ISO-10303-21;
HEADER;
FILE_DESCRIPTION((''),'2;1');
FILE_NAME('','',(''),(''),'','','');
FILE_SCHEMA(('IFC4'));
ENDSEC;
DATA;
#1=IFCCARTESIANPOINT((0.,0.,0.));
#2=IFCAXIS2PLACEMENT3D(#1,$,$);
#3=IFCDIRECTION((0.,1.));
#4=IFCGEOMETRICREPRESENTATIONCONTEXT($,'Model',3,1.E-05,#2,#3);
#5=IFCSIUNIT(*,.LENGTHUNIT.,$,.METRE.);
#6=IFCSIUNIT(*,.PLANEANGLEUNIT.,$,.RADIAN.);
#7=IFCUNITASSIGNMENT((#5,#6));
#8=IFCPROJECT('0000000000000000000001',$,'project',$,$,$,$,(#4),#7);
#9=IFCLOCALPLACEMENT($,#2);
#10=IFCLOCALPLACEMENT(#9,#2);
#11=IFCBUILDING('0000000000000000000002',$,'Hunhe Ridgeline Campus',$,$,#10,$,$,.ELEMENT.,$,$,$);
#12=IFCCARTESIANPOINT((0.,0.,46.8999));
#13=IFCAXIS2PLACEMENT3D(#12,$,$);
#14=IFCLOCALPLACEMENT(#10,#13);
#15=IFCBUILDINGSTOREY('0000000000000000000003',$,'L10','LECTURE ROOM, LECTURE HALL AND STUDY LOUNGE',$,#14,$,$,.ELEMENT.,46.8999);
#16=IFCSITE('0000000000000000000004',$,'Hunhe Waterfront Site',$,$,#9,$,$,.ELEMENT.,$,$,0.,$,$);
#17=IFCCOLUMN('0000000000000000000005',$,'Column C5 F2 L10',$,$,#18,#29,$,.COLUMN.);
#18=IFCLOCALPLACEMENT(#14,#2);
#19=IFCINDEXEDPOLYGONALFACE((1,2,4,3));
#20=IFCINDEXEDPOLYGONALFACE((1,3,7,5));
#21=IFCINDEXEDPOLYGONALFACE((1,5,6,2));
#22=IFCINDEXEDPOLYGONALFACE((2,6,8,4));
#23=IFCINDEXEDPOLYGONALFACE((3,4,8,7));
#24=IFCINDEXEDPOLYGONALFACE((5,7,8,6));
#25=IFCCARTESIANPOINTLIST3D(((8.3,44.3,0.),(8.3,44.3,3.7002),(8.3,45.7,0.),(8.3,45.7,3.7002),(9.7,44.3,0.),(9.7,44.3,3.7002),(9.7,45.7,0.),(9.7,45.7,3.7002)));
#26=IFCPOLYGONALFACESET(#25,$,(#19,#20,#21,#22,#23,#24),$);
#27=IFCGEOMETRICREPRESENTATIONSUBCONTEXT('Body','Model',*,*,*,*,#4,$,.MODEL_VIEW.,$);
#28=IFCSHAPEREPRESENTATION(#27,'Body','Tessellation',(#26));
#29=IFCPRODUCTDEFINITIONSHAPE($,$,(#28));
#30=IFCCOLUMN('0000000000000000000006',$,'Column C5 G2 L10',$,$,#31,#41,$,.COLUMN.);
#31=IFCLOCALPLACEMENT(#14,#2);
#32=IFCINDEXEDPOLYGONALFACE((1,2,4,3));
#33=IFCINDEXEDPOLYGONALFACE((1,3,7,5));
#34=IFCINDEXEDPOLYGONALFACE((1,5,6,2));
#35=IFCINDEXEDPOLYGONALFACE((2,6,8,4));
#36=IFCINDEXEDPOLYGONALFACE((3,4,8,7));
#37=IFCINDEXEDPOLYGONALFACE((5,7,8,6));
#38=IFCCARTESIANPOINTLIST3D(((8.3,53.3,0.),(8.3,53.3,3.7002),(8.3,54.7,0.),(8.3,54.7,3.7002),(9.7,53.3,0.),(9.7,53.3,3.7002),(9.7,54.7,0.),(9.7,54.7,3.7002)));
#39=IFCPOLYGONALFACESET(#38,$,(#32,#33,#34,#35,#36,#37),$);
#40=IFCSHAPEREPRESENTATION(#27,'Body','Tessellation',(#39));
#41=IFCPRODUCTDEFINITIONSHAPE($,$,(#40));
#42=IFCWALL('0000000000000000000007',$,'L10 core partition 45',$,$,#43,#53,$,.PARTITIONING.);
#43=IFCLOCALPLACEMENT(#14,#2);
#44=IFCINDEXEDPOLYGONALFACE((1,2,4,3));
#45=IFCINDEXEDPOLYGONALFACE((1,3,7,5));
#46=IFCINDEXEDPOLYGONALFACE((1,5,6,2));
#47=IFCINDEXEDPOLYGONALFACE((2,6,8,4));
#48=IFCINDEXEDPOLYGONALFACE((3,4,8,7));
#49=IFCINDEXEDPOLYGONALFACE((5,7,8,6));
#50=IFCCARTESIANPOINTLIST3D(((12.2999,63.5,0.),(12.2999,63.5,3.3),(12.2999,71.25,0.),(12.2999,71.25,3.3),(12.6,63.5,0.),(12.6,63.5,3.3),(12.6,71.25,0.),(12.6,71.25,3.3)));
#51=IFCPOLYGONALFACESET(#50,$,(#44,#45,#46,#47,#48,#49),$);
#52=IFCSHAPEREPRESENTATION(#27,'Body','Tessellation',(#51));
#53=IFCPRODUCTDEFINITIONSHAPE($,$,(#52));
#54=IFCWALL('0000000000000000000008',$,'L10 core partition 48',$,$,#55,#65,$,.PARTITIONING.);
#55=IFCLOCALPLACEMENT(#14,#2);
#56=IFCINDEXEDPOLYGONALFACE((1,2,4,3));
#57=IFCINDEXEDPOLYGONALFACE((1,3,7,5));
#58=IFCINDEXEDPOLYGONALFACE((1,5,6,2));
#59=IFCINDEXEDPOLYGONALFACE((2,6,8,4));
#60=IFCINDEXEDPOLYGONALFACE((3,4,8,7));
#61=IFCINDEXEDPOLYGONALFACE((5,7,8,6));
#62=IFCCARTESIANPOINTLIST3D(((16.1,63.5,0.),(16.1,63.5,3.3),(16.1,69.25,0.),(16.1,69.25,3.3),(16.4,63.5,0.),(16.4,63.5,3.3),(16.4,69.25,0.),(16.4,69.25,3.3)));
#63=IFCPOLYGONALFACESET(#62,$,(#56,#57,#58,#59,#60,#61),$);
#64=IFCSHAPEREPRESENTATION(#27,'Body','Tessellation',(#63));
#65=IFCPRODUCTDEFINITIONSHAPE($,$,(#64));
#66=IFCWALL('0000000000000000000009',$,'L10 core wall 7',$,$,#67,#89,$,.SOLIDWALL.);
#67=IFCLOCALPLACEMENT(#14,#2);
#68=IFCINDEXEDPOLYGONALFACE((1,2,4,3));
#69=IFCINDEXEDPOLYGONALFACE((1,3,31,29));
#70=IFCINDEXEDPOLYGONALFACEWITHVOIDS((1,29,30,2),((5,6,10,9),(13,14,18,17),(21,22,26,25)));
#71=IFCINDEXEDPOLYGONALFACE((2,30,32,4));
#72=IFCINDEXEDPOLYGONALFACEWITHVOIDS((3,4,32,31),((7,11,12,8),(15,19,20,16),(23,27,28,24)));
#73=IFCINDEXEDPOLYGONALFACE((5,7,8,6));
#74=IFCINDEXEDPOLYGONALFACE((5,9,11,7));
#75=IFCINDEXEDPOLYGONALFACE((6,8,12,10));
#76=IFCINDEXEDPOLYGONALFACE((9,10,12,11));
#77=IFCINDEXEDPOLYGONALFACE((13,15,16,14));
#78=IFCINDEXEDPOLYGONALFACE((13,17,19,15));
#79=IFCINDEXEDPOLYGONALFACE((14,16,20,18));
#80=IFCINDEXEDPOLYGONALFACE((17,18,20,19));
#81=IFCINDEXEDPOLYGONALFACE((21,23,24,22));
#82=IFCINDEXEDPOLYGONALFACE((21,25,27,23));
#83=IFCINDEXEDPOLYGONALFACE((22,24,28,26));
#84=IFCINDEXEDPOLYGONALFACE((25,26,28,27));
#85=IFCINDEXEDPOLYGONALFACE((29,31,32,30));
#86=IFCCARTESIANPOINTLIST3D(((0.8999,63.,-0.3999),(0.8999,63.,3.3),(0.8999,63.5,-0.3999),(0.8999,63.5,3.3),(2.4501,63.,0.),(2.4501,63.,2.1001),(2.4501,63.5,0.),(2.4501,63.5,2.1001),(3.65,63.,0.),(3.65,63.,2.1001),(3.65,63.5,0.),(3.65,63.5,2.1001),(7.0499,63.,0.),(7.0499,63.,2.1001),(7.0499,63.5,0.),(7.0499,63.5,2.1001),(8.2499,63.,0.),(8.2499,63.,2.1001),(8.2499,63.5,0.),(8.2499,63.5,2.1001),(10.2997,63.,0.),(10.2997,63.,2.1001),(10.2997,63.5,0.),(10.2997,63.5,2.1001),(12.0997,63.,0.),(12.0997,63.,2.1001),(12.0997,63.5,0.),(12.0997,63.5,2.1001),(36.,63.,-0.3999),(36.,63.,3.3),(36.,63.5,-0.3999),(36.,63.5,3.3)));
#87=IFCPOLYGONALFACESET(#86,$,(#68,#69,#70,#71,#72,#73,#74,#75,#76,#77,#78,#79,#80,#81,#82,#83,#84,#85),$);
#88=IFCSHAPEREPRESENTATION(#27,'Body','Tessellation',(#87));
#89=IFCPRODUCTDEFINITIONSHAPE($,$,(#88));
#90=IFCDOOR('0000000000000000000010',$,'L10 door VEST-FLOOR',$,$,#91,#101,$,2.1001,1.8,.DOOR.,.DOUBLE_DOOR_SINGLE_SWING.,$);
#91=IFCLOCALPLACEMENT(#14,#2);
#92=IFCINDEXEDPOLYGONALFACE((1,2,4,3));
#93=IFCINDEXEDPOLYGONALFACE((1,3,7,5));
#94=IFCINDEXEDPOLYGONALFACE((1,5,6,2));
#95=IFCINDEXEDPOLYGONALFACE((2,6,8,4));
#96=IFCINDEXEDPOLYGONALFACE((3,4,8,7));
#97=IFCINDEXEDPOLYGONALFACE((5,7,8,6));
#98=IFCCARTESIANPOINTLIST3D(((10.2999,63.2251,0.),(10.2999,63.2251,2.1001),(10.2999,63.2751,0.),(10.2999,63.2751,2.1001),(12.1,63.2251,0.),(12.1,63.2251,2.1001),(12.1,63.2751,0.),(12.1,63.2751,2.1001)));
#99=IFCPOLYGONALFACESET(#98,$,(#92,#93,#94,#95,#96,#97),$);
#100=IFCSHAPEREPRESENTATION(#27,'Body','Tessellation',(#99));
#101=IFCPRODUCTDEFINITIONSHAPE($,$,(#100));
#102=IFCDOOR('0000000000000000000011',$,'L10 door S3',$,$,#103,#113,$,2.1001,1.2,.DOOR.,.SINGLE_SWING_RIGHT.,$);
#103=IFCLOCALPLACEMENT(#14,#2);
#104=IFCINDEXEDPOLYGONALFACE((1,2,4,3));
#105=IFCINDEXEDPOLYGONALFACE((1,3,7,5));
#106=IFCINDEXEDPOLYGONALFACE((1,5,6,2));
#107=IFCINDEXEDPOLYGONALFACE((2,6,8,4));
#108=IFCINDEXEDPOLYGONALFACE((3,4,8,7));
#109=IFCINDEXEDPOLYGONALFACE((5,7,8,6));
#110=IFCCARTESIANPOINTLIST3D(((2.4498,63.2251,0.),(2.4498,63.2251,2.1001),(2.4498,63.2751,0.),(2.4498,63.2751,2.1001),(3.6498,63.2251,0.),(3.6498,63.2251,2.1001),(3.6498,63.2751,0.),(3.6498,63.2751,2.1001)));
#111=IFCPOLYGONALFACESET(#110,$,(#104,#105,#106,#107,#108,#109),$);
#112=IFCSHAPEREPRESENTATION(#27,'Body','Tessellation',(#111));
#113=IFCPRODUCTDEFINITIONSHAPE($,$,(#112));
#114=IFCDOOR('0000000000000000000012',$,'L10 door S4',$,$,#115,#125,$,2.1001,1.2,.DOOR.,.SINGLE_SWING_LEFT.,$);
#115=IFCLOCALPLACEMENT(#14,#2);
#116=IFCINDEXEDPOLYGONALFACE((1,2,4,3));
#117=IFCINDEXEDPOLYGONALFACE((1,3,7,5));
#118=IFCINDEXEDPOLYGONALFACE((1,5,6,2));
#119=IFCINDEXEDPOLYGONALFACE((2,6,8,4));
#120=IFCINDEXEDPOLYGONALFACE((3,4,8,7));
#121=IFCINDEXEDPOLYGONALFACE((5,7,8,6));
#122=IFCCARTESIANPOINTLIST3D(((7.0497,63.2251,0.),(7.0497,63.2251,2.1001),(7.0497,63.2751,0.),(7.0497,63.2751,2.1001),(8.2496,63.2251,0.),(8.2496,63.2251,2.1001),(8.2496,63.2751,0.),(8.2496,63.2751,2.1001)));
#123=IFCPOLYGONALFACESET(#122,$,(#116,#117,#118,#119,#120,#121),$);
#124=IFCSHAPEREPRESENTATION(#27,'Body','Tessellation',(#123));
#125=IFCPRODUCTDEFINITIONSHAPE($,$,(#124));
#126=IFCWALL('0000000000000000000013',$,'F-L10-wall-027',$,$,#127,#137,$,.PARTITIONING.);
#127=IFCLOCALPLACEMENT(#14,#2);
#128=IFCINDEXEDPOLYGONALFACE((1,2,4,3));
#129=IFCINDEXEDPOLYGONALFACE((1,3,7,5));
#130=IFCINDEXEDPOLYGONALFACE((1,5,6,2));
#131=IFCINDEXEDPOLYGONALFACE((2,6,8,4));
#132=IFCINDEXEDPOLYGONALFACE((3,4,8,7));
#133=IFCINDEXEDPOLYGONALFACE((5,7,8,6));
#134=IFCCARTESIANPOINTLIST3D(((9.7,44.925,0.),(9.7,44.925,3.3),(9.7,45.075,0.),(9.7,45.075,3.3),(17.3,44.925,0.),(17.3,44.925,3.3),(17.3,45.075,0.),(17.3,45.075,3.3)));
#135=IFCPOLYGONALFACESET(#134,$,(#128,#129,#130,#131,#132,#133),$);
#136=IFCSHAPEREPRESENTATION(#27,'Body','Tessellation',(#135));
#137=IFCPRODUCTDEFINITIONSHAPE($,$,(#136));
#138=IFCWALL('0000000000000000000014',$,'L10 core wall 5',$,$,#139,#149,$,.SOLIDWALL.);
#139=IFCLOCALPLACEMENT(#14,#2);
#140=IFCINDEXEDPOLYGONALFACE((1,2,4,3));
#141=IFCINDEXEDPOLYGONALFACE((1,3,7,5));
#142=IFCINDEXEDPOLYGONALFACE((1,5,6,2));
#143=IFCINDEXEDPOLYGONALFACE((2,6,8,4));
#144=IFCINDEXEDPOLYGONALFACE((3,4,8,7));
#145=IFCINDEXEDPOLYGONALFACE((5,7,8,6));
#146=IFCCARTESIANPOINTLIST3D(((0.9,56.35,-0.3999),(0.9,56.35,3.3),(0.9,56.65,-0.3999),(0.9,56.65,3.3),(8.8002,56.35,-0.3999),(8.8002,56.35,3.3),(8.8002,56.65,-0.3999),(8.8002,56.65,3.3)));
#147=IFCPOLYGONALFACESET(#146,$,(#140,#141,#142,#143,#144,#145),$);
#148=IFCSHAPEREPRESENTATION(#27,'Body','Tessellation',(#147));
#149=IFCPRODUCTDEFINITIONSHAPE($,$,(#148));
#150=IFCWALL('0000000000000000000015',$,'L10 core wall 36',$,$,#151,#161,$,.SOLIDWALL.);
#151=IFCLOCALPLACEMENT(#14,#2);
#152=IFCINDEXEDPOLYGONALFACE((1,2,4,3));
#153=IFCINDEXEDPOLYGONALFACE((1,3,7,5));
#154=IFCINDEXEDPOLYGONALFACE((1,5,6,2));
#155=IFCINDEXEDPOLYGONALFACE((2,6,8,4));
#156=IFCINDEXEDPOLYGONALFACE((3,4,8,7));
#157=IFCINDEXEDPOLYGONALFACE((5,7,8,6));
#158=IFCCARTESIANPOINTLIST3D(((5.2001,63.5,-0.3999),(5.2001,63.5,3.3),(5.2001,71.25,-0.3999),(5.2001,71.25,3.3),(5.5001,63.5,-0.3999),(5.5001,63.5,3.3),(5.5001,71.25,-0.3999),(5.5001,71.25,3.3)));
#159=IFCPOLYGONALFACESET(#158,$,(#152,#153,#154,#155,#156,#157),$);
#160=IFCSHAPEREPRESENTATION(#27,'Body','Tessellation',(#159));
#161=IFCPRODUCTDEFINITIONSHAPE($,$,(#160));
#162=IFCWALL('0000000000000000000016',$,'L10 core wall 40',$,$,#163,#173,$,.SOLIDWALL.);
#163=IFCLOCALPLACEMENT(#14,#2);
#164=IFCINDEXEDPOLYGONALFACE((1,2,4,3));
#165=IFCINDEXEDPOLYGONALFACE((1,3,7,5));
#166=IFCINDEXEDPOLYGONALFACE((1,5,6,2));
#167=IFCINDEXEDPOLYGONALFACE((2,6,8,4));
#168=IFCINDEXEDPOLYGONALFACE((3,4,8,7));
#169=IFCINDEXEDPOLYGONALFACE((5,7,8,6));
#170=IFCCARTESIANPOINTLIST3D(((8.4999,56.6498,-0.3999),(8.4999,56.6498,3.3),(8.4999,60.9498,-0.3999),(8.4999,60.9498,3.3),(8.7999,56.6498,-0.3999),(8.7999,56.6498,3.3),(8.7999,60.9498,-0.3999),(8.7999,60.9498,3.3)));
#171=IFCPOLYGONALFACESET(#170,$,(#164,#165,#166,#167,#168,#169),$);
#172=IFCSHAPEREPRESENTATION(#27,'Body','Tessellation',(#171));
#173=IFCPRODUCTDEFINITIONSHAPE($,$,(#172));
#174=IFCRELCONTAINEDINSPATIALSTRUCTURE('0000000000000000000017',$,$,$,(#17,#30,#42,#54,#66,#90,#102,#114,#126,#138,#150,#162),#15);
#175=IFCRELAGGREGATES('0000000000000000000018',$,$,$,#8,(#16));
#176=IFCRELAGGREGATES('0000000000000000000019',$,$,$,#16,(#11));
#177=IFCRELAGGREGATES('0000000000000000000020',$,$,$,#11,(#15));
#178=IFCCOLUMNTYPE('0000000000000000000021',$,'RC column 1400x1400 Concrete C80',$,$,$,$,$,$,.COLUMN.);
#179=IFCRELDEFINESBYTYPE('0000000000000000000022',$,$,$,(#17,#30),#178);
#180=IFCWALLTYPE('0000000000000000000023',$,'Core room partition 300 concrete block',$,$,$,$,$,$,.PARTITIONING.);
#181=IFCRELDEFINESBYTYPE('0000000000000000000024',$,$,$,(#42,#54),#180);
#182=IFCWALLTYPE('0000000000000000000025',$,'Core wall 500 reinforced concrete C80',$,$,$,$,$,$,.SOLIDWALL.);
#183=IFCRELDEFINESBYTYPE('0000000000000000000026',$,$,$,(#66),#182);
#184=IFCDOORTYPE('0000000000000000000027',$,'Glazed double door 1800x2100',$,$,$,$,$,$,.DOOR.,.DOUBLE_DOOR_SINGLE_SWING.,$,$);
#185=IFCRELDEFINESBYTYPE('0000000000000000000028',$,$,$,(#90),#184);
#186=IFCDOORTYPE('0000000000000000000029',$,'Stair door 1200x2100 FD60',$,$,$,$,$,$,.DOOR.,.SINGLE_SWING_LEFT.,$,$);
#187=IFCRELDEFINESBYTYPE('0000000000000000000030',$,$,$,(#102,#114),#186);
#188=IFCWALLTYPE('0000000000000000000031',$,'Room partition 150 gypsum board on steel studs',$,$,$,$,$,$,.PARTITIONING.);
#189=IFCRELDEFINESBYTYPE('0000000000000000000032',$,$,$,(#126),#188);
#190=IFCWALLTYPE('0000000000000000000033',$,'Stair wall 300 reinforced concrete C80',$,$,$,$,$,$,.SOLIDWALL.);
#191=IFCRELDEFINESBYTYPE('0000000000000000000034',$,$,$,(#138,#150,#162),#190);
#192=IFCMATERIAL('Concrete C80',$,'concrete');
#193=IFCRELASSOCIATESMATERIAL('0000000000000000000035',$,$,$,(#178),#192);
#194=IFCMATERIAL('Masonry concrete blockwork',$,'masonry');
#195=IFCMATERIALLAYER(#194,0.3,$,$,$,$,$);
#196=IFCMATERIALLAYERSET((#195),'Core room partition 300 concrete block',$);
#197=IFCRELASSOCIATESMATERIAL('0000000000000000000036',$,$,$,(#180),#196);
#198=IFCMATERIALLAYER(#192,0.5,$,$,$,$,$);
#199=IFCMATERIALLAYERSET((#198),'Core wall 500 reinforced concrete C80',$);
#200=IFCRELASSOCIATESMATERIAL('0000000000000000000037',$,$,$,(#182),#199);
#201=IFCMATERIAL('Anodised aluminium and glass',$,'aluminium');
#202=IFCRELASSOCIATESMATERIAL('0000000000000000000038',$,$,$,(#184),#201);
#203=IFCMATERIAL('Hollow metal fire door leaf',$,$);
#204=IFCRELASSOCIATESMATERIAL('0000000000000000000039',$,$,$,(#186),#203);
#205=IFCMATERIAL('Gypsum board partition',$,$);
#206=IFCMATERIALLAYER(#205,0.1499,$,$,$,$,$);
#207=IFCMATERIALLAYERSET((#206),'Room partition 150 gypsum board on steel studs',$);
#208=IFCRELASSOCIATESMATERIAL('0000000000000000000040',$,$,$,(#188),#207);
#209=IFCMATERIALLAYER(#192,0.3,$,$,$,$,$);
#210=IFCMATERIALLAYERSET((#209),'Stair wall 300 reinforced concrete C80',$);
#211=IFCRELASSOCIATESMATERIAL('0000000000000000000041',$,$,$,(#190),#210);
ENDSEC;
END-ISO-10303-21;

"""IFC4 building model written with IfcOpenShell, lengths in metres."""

from ifc_helpers import new_model, si_unit, direction, frame, frame_2d, origin, origin_2d, place, context, subcontext, project, spatial, rectangle, extrude, material, layer, layer_set, material_profile, profile_set, type_object, element, fill, save


model = new_model("IFC4")

# Units and contexts
model_context = context("Model", 3, precision=1e-05, world=origin(), true_north=direction((0.0, 1.0)))
body_context = subcontext(model_context, "Body", "Model", "MODEL_VIEW")
ifc_project = project(units=[si_unit("LENGTHUNIT", "METRE"), si_unit("PLANEANGLEUNIT", "RADIAN")], contexts=[model_context])

# Site, building, storey
site_placement = place(None, origin())
site = spatial("IfcSite", under=ifc_project, at=site_placement, Name="Hunhe Waterfront Site", CompositionType="ELEMENT", RefElevation=0.0)
building_placement = place(site_placement, origin())
building = spatial("IfcBuilding", under=site, at=building_placement, Name="Hunhe Ridgeline Campus", CompositionType="ELEMENT")
storey_placement = place(building_placement, frame((0.0, 0.0, 46.8999)))
storey = spatial("IfcBuildingStorey", under=building, at=storey_placement, Name="L10", Description="LECTURE ROOM, LECTURE HALL AND STUDY LOUNGE", CompositionType="ELEMENT", Elevation=46.8999)

# Columns
ifc_material_1 = material(Name="Concrete C80", Category="concrete")
ifc_material_profile = material_profile(ifc_material_1, rectangle(XDim=1.3999, YDim=1.3999, at=origin_2d()))
ifc_profile_set = profile_set([ifc_material_profile], Name="Concrete C80")
column_type = type_object("IfcColumnType", Name="RC column 1400x1400 Concrete C80", PredefinedType="COLUMN", material=ifc_profile_set)
for number, where, z_axis, x_axis, name in (
    (1, (9.0, 45.0, 0.0), (0.0, 0.0, 1.0), (1.0, 0.0, 0.0), "Column C5 F2 L10"),
    (2, (9.0, 54.0, 0.0), (0.0, 0.0, 1.0), (1.0, 0.0, 0.0), "Column C5 G2 L10"),
):
    element("IfcColumn", number, at=place(storey_placement, frame(where, z_axis=z_axis, x_axis=x_axis)), inside=storey, type_object=column_type, Name=name, PredefinedType="COLUMN", context=body_context, shape_type="SweptSolid", body=[
        extrude(rectangle(XDim=1.3999, YDim=1.3999, at=origin_2d()), origin(), (0.0, 0.0, 1.0), 3.7002),
    ])

# Walls
ifc_material_2 = material(Name="Masonry concrete blockwork", Category="masonry")
ifc_layer_1 = layer(ifc_material_2, 0.3)
ifc_layer_set_1 = layer_set([ifc_layer_1], Name="Core room partition 300 concrete block")
wall_type_1 = type_object("IfcWallType", Name="Core room partition 300 concrete block", PredefinedType="PARTITIONING", material=ifc_layer_set_1)
wall_1_placement = place(storey_placement, frame((12.45, 63.5, 0.0), z_axis=(0.0, 0.0, 1.0), x_axis=(0.0, 1.0, 0.0)))
element("IfcWall", 3, at=wall_1_placement, inside=storey, type_object=wall_type_1, Name="L10 core partition 45", PredefinedType="PARTITIONING", context=body_context, shape_type="SweptSolid", body=[
    extrude(rectangle(XDim=7.75, YDim=0.3, at=frame_2d((3.875, 0.0))), origin(), (0.0, 0.0, 1.0), 3.3),
])
wall_2_placement = place(storey_placement, frame((16.25, 63.5, 0.0), z_axis=(0.0, 0.0, 1.0), x_axis=(0.0, 1.0, 0.0)))
element("IfcWall", 4, at=wall_2_placement, inside=storey, type_object=wall_type_1, Name="L10 core partition 48", PredefinedType="PARTITIONING", context=body_context, shape_type="SweptSolid", body=[
    extrude(rectangle(XDim=5.75, YDim=0.3, at=frame_2d((2.875, 0.0))), origin(), (0.0, 0.0, 1.0), 3.3),
])

# Wall, openings, doors
ifc_layer_2 = layer(ifc_material_1, 0.5)
ifc_layer_set_2 = layer_set([ifc_layer_2], Name="Core wall 500 reinforced concrete C80")
wall_type_2 = type_object("IfcWallType", Name="Core wall 500 reinforced concrete C80", PredefinedType="SOLIDWALL", material=ifc_layer_set_2)
wall_3_placement = place(storey_placement, frame((0.8999, 63.25, -0.3999), z_axis=(0.0, 0.0, 1.0), x_axis=(1.0, 0.0, 0.0)))
wall_3 = element("IfcWall", 5, at=wall_3_placement, inside=storey, type_object=wall_type_2, Name="L10 core wall 7", PredefinedType="SOLIDWALL", context=body_context, shape_type="SweptSolid", body=[
    extrude(rectangle(XDim=35.1001, YDim=0.5, at=frame_2d((17.55, 0.0))), origin(), (0.0, 0.0, 1.0), 3.7),
])
opening_1_placement = place(wall_3_placement, frame((9.3999, 0.0, 0.3999)))
opening_1 = element("IfcOpeningElement", 6, at=opening_1_placement, cuts=wall_3, PredefinedType="OPENING", context=body_context, shape_type="SweptSolid", body=[
    extrude(rectangle(XDim=1.8, YDim=2.1001, at=frame_2d((0.8999, 1.05))), frame((0.0, 0.25, 0.0), z_axis=(0.0, -1.0, 0.0), x_axis=(1.0, 0.0, 0.0)), (0.0, 0.0, 1.0), 0.5),
])
opening_2_placement = place(wall_3_placement, frame((1.55, 0.0, 0.3999)))
opening_2 = element("IfcOpeningElement", 7, at=opening_2_placement, cuts=wall_3, PredefinedType="OPENING", context=body_context, shape_type="SweptSolid", body=[
    extrude(rectangle(XDim=1.2, YDim=2.1001, at=frame_2d((0.6001, 1.05))), frame((0.0, 0.25, 0.0), z_axis=(0.0, -1.0, 0.0), x_axis=(1.0, 0.0, 0.0)), (0.0, 0.0, 1.0), 0.5),
])
opening_3_placement = place(wall_3_placement, frame((6.1499, 0.0, 0.3999)))
opening_3 = element("IfcOpeningElement", 8, at=opening_3_placement, cuts=wall_3, PredefinedType="OPENING", context=body_context, shape_type="SweptSolid", body=[
    extrude(rectangle(XDim=1.2, YDim=2.1001, at=frame_2d((0.6001, 1.05))), frame((0.0, 0.25, 0.0), z_axis=(0.0, -1.0, 0.0), x_axis=(1.0, 0.0, 0.0)), (0.0, 0.0, 1.0), 0.5),
])
ifc_material_3 = material(Name="Anodised aluminium and glass", Category="aluminium")
door_type_1 = type_object("IfcDoorType", Name="Glazed double door 1800x2100", OperationType="DOUBLE_DOOR_SINGLE_SWING", PredefinedType="DOOR", material=ifc_material_3)
door_1_placement = place(opening_1_placement, frame((1.8, 0.0, 0.0), z_axis=(0.0, 0.0, 1.0), x_axis=(-1.0, 0.0, 0.0)))
door_1 = element("IfcDoor", 9, at=door_1_placement, inside=storey, type_object=door_type_1, Name="L10 door VEST-FLOOR", OperationType="DOUBLE_DOOR_SINGLE_SWING", OverallHeight=2.1001, OverallWidth=1.8, PredefinedType="DOOR", context=body_context, shape_type="SweptSolid", body=[
    extrude(rectangle(XDim=1.8, YDim=2.1001, at=frame_2d((0.8999, 1.05))), frame((0.0, 0.0249, 0.0), z_axis=(0.0, -1.0, 0.0), x_axis=(1.0, 0.0, 0.0)), (0.0, 0.0, 1.0), 0.05),
])
fill(opening_1, door_1)
ifc_material_4 = material(Name="Hollow metal fire door leaf")
door_type_2 = type_object("IfcDoorType", Name="Stair door 1200x2100 FD60", OperationType="SINGLE_SWING_LEFT", PredefinedType="DOOR", material=ifc_material_4)
door_2_placement = place(opening_2_placement, frame((1.2, 0.0, 0.0), z_axis=(0.0, 0.0, 1.0), x_axis=(-1.0, 0.0, 0.0)))
door_2 = element("IfcDoor", 10, at=door_2_placement, inside=storey, type_object=door_type_2, Name="L10 door S3", OperationType="SINGLE_SWING_RIGHT", OverallHeight=2.1001, OverallWidth=1.2, PredefinedType="DOOR", context=body_context, shape_type="SweptSolid", body=[
    extrude(rectangle(XDim=1.2, YDim=2.1001, at=frame_2d((0.6001, 1.05))), frame((0.0, 0.0249, 0.0), z_axis=(0.0, -1.0, 0.0), x_axis=(1.0, 0.0, 0.0)), (0.0, 0.0, 1.0), 0.05),
])
fill(opening_2, door_2)
door_3_placement = place(opening_3_placement, frame((1.2, 0.0, 0.0), z_axis=(0.0, 0.0, 1.0), x_axis=(-1.0, 0.0, 0.0)))
door_3 = element("IfcDoor", 11, at=door_3_placement, inside=storey, type_object=door_type_2, Name="L10 door S4", OperationType="SINGLE_SWING_LEFT", OverallHeight=2.1001, OverallWidth=1.2, PredefinedType="DOOR", context=body_context, shape_type="SweptSolid", body=[
    extrude(rectangle(XDim=1.2, YDim=2.1001, at=frame_2d((0.6001, 1.05))), frame((0.0, 0.0249, 0.0), z_axis=(0.0, -1.0, 0.0), x_axis=(1.0, 0.0, 0.0)), (0.0, 0.0, 1.0), 0.05),
])
fill(opening_3, door_3)

# Walls
ifc_material_5 = material(Name="Gypsum board partition")
ifc_layer_3 = layer(ifc_material_5, 0.1499)
ifc_layer_set_3 = layer_set([ifc_layer_3], Name="Room partition 150 gypsum board on steel studs")
wall_type_3 = type_object("IfcWallType", Name="Room partition 150 gypsum board on steel studs", PredefinedType="PARTITIONING", material=ifc_layer_set_3)
wall_4_placement = place(storey_placement, frame((9.7, 45.0, 0.0), z_axis=(0.0, 0.0, 1.0), x_axis=(1.0, 0.0, 0.0)))
element("IfcWall", 12, at=wall_4_placement, inside=storey, type_object=wall_type_3, Name="F-L10-wall-027", PredefinedType="PARTITIONING", context=body_context, shape_type="SweptSolid", body=[
    extrude(rectangle(XDim=7.6001, YDim=0.1499, at=frame_2d((3.8, 0.0))), origin(), (0.0, 0.0, 1.0), 3.3),
])
ifc_layer_4 = layer(ifc_material_1, 0.3)
ifc_layer_set_4 = layer_set([ifc_layer_4], Name="Stair wall 300 reinforced concrete C80")
wall_type_4 = type_object("IfcWallType", Name="Stair wall 300 reinforced concrete C80", PredefinedType="SOLIDWALL", material=ifc_layer_set_4)
wall_5_placement = place(storey_placement, frame((0.8999, 56.5, -0.3999), z_axis=(0.0, 0.0, 1.0), x_axis=(1.0, 0.0, 0.0)))
element("IfcWall", 13, at=wall_5_placement, inside=storey, type_object=wall_type_4, Name="L10 core wall 5", PredefinedType="SOLIDWALL", context=body_context, shape_type="SweptSolid", body=[
    extrude(rectangle(XDim=7.9001, YDim=0.3, at=frame_2d((3.9502, 0.0))), origin(), (0.0, 0.0, 1.0), 3.7),
])

# Walls
wall_6_placement = place(storey_placement, frame((5.3501, 63.5, -0.3999), z_axis=(0.0, 0.0, 1.0), x_axis=(0.0, 1.0, 0.0)))
element("IfcWall", 14, at=wall_6_placement, inside=storey, type_object=wall_type_4, Name="L10 core wall 36", PredefinedType="SOLIDWALL", context=body_context, shape_type="SweptSolid", body=[
    extrude(rectangle(XDim=7.75, YDim=0.3, at=frame_2d((3.875, 0.0))), origin(), (0.0, 0.0, 1.0), 3.7),
])
wall_7_placement = place(storey_placement, frame((8.6499, 56.6499, -0.3999), z_axis=(0.0, 0.0, 1.0), x_axis=(0.0, 1.0, 0.0)))
element("IfcWall", 15, at=wall_7_placement, inside=storey, type_object=wall_type_4, Name="L10 core wall 40", PredefinedType="SOLIDWALL", context=body_context, shape_type="SweptSolid", body=[
    extrude(rectangle(XDim=4.3, YDim=0.3, at=frame_2d((2.1499, 0.0))), origin(), (0.0, 0.0, 1.0), 3.7),
])

save(model, "model.ifc")
